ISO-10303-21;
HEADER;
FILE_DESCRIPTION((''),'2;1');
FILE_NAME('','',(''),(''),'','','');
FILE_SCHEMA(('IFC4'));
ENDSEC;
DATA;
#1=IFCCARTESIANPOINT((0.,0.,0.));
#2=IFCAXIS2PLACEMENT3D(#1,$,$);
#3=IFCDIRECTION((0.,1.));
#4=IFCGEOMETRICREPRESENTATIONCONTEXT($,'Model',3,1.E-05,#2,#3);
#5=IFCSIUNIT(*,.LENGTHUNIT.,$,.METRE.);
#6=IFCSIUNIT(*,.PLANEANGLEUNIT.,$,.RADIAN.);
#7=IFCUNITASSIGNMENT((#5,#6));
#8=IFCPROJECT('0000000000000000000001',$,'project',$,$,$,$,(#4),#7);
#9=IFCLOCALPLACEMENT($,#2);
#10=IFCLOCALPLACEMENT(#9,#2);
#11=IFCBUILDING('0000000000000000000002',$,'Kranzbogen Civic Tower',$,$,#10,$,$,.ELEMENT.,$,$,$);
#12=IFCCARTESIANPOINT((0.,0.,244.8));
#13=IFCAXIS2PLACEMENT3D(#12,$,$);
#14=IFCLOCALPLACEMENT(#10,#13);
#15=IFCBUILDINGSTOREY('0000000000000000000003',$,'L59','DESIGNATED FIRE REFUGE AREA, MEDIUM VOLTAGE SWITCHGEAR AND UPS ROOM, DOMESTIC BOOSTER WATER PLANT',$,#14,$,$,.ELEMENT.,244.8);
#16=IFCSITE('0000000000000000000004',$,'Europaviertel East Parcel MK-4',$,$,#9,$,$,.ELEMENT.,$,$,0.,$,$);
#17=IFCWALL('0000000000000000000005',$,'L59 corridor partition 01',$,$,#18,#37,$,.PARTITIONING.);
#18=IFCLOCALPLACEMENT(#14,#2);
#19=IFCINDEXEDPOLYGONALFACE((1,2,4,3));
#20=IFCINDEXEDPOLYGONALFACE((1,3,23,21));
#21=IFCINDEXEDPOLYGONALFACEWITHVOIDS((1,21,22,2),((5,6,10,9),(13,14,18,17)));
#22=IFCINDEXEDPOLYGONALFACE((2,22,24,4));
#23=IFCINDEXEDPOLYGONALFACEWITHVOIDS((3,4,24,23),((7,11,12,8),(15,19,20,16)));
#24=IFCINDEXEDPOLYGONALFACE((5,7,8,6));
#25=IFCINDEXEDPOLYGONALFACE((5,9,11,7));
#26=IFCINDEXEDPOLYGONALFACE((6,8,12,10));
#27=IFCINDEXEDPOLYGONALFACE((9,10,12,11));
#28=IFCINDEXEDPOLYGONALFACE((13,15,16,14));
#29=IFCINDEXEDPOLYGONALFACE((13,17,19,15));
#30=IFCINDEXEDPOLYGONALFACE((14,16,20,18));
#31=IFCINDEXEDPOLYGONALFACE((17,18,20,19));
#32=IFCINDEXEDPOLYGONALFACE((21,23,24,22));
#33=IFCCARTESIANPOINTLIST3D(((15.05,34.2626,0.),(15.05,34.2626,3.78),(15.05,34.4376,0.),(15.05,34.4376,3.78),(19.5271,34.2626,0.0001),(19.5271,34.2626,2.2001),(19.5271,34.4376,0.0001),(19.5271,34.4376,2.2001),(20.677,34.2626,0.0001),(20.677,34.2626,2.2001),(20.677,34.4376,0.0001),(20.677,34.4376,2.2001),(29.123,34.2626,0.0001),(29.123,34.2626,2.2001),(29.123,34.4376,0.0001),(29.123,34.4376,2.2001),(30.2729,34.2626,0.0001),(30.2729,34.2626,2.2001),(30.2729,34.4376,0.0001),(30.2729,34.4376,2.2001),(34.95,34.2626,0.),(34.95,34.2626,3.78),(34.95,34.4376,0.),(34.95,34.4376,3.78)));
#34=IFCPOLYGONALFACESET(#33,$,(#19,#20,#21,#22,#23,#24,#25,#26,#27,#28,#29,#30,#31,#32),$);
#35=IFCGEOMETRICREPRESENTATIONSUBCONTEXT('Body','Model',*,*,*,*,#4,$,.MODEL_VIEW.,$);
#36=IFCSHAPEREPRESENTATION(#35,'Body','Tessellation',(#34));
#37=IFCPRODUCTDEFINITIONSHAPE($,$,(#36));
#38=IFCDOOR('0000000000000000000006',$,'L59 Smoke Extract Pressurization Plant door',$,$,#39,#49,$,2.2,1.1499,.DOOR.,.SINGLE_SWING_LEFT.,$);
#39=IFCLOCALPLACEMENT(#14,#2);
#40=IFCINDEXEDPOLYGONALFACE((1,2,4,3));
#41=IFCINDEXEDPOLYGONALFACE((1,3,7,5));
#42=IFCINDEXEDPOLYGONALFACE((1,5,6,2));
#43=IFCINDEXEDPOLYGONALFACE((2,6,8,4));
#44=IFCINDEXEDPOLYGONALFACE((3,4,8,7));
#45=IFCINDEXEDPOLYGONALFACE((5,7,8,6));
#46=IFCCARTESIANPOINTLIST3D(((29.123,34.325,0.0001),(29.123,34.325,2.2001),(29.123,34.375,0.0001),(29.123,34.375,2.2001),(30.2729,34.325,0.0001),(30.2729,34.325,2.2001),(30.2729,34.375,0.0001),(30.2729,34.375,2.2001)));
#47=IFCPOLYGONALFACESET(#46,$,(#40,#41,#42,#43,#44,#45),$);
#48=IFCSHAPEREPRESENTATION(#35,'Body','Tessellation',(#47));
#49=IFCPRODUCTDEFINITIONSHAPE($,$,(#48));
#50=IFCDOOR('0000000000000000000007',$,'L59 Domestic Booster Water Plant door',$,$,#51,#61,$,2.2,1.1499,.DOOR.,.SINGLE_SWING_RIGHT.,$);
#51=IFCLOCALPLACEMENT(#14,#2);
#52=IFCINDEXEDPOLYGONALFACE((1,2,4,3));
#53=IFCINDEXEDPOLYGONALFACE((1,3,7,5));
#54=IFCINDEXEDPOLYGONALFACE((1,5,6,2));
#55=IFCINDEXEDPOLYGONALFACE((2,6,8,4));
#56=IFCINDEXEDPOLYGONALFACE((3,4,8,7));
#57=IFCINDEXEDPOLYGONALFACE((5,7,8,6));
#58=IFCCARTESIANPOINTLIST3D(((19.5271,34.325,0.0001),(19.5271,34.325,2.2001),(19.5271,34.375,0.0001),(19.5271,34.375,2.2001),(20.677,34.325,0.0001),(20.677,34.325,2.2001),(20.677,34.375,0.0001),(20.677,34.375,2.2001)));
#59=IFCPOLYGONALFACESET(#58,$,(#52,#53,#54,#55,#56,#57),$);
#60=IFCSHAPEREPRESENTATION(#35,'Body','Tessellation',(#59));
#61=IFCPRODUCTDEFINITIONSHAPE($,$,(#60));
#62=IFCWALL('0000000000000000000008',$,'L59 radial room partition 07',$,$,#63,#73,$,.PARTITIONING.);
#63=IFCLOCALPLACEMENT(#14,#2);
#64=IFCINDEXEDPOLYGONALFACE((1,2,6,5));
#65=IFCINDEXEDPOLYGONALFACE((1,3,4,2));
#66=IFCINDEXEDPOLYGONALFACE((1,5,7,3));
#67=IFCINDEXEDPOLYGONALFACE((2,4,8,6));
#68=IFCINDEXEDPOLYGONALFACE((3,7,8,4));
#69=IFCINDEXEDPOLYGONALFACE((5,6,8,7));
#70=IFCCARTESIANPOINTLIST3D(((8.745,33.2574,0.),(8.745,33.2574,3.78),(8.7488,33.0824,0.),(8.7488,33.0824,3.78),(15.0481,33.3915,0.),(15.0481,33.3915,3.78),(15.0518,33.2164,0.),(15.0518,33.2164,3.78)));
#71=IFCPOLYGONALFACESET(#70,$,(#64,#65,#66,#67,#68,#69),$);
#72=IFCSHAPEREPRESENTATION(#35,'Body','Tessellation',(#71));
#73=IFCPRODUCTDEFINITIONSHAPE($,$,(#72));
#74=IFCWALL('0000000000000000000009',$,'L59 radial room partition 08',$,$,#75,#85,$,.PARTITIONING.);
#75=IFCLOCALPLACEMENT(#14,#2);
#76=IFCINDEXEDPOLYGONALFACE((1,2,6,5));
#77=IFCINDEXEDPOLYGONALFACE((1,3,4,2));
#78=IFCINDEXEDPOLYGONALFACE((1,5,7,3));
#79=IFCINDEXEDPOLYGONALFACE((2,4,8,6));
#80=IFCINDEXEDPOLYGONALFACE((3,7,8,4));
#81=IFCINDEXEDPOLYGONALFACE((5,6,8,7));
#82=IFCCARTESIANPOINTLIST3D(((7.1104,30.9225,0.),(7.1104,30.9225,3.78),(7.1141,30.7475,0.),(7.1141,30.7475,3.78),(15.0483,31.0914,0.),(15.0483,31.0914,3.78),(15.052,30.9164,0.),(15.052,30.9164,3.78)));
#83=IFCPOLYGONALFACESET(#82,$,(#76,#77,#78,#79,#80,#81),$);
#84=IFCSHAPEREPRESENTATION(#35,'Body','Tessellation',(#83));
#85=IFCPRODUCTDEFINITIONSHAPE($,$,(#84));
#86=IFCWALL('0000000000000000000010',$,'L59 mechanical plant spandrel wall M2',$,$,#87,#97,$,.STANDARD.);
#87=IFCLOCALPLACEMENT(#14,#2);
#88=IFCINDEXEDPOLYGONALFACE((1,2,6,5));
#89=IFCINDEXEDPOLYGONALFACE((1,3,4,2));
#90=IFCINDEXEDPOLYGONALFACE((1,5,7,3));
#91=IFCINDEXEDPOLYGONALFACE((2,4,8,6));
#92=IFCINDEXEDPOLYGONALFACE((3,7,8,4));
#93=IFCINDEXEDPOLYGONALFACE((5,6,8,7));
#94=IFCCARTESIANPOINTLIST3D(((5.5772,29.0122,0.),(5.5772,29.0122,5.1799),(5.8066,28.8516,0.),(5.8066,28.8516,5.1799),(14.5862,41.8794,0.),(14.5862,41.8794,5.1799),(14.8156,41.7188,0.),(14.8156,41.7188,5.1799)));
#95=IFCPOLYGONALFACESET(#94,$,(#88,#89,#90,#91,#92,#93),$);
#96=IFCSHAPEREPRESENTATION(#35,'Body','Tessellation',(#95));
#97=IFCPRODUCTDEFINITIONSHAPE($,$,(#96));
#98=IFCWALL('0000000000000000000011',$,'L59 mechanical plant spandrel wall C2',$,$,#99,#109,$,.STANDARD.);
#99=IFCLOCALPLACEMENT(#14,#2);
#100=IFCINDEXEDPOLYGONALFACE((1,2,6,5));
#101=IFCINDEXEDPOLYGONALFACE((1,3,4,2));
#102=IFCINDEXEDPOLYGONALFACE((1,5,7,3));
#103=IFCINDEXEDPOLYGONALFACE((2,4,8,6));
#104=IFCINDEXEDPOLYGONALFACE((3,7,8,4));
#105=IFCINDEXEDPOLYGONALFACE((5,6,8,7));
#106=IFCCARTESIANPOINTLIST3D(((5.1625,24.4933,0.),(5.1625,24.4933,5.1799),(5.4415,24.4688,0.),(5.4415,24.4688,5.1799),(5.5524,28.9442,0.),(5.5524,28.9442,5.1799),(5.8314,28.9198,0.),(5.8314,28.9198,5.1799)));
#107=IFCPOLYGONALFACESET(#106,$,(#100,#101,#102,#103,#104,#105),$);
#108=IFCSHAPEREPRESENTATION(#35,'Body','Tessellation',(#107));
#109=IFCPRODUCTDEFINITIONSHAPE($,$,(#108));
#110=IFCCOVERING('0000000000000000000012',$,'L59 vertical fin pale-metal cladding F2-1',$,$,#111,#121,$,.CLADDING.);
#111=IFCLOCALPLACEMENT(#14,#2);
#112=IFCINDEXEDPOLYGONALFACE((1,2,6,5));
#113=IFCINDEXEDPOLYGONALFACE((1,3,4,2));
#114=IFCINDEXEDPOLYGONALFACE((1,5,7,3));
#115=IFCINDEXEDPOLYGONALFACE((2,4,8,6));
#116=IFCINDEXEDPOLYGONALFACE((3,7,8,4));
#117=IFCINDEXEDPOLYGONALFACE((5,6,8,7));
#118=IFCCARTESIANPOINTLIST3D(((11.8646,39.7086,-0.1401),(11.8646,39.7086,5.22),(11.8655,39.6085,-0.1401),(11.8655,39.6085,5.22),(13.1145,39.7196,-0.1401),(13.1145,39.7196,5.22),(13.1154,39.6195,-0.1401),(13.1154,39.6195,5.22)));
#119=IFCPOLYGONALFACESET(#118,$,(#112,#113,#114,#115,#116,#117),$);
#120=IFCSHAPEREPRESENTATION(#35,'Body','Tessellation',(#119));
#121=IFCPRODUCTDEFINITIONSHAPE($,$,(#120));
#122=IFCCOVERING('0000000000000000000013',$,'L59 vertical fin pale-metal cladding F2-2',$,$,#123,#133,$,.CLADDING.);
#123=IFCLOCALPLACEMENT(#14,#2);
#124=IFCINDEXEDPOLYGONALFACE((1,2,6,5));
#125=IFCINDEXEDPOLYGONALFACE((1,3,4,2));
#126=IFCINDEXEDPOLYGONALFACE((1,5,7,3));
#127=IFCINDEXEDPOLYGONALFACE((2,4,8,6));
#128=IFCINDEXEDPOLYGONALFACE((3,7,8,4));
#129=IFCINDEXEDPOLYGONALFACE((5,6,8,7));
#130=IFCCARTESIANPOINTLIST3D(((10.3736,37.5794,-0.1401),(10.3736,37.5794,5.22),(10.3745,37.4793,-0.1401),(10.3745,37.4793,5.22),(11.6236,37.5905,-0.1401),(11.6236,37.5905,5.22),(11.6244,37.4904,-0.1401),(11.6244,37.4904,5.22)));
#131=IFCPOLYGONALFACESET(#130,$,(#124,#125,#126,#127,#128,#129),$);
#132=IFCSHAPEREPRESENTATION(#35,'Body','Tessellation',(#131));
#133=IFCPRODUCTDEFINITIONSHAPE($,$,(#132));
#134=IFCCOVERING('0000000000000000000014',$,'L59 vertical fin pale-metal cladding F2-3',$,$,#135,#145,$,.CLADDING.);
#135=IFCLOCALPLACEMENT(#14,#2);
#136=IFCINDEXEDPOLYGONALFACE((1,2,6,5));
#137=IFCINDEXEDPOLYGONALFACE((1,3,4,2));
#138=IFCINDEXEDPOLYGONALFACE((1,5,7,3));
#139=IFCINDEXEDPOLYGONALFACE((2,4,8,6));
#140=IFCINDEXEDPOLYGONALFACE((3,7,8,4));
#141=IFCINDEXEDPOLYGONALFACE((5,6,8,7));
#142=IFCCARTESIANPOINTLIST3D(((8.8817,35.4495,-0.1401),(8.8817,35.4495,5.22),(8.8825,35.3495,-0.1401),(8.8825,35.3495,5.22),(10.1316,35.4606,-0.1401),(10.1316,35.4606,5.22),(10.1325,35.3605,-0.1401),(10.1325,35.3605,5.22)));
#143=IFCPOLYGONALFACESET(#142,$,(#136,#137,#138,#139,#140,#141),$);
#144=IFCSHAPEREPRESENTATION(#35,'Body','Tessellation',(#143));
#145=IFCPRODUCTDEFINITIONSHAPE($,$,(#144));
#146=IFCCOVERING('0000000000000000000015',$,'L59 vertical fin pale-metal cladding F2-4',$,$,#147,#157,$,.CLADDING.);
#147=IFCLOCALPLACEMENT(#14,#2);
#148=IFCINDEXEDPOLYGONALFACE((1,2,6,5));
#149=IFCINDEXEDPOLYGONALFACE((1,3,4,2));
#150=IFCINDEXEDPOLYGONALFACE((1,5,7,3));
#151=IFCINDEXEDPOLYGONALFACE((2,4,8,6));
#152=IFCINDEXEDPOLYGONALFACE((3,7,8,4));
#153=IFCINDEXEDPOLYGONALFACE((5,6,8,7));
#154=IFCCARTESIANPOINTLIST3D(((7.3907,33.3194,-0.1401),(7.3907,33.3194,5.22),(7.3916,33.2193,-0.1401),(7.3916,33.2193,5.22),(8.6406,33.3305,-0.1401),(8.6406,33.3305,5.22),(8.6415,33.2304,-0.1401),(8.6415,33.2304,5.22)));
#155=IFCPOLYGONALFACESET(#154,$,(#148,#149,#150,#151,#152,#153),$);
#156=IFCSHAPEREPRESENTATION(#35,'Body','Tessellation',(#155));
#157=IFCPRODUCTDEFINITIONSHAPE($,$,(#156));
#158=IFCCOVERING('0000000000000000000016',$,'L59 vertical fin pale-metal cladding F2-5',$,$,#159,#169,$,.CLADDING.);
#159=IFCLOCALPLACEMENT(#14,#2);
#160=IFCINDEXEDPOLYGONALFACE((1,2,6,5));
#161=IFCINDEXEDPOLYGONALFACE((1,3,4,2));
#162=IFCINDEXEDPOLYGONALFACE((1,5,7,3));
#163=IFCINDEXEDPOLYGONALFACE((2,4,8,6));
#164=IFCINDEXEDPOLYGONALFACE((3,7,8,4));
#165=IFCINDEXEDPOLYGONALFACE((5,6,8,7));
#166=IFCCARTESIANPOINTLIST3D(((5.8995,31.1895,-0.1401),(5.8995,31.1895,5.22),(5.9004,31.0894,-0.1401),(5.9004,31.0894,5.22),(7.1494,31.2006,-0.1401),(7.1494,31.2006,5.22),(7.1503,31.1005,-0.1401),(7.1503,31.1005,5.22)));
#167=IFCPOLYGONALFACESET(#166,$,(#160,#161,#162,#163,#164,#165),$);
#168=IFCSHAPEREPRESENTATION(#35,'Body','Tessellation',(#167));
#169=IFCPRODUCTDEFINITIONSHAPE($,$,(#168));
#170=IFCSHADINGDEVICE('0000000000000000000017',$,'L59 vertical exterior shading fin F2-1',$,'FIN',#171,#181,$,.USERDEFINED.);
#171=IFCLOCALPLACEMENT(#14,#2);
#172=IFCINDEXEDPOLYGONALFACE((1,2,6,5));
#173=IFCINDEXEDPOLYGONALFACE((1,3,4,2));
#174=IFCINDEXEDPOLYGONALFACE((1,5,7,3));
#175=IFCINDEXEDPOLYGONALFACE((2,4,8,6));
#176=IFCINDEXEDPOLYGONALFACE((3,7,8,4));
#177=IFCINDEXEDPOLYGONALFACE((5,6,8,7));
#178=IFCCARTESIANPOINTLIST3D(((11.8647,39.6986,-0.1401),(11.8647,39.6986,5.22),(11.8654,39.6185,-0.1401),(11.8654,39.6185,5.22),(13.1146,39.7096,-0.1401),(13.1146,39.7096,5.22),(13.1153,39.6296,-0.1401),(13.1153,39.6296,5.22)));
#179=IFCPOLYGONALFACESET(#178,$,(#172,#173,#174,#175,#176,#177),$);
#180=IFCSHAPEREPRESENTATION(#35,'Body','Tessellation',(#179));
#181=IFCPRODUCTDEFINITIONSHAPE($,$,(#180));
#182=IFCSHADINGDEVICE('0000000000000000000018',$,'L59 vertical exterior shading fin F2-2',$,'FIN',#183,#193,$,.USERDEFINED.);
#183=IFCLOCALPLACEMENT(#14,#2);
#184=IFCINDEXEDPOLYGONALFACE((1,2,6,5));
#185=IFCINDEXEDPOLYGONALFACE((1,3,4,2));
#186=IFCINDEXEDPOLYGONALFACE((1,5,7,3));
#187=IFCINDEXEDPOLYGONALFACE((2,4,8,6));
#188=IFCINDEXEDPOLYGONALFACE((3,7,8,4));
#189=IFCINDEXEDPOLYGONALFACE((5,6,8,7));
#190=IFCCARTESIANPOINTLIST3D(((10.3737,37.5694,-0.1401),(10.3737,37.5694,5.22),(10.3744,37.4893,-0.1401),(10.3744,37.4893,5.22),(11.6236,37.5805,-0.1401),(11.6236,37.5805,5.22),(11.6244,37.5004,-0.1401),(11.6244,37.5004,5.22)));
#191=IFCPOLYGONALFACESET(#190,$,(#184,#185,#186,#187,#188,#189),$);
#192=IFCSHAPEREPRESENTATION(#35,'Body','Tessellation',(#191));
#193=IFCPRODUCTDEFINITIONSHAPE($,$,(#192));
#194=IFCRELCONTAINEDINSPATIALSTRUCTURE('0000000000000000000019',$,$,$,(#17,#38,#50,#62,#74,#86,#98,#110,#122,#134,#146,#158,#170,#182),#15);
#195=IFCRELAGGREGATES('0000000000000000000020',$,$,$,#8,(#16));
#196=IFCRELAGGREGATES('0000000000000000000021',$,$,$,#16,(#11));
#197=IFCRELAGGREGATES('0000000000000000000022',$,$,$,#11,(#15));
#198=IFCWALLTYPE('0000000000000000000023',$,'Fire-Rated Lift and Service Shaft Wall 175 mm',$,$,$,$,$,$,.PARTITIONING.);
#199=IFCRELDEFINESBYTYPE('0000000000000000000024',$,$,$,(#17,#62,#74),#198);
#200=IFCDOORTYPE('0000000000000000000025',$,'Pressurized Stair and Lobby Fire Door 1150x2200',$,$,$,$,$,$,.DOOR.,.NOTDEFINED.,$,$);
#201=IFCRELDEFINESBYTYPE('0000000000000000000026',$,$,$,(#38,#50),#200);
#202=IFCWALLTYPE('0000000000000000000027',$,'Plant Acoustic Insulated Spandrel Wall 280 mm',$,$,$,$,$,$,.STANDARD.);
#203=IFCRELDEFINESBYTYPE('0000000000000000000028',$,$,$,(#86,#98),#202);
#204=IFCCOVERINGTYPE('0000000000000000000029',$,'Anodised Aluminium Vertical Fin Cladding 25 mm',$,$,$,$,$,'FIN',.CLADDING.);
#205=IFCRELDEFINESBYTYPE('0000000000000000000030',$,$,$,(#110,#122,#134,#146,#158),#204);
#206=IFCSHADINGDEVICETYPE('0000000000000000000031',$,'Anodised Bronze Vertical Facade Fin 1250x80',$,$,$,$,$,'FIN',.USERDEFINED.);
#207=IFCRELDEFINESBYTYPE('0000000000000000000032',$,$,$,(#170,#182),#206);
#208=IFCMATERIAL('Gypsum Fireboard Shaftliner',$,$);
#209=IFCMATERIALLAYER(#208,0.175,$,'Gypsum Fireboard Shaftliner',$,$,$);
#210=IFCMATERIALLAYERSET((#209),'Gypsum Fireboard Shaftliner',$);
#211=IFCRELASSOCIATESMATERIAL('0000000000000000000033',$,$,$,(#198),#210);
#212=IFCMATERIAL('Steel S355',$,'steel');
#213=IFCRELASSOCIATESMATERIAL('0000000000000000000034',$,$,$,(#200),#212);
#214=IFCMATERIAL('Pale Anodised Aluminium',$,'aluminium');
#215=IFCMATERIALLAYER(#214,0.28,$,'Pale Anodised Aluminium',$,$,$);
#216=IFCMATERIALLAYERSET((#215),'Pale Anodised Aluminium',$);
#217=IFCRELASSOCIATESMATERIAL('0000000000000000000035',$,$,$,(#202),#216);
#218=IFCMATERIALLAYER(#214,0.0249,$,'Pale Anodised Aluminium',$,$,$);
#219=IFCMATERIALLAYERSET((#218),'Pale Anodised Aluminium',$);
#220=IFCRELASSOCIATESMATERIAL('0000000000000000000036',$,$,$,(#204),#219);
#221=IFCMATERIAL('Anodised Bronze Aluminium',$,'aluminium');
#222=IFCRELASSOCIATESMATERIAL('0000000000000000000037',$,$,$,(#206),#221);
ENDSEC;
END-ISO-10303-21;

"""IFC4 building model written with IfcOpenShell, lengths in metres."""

from ifc_helpers import new_model, si_unit, direction, frame, frame_2d, origin, origin_2d, place, context, subcontext, project, spatial, rectangle, extrude, material, layer, layer_set, type_object, element, fill, save


model = new_model("IFC4")

# Units and contexts
model_context = context("Model", 3, precision=1e-05, world=origin(), true_north=direction((0.0, 1.0)))
body_context = subcontext(model_context, "Body", "Model", "MODEL_VIEW")
ifc_project = project(units=[si_unit("LENGTHUNIT", "METRE"), si_unit("PLANEANGLEUNIT", "RADIAN")], contexts=[model_context])

# Site, building, storey
site_placement = place(None, origin())
site = spatial("IfcSite", under=ifc_project, at=site_placement, Name="Europaviertel East Parcel MK-4", CompositionType="ELEMENT", RefElevation=0.0)
building_placement = place(site_placement, origin())
building = spatial("IfcBuilding", under=site, at=building_placement, Name="Kranzbogen Civic Tower", CompositionType="ELEMENT")
storey_placement = place(building_placement, frame((0.0, 0.0, 244.8)))
storey = spatial("IfcBuildingStorey", under=building, at=storey_placement, Name="L59", Description="DESIGNATED FIRE REFUGE AREA, MEDIUM VOLTAGE SWITCHGEAR AND UPS ROOM, DOMESTIC BOOSTER WATER PLANT", CompositionType="ELEMENT", Elevation=244.8)

# Shared definitions
ifc_material_1 = material(Name="Steel S355", Category="steel")

# Wall, openings, doors
ifc_material_2 = material(Name="Gypsum Fireboard Shaftliner")
ifc_layer_1 = layer(ifc_material_2, 0.175, Name="Gypsum Fireboard Shaftliner")
ifc_layer_set_1 = layer_set([ifc_layer_1], Name="Gypsum Fireboard Shaftliner")
wall_type_1 = type_object("IfcWallType", Name="Fire-Rated Lift and Service Shaft Wall 175 mm", PredefinedType="PARTITIONING", material=ifc_layer_set_1)
wall_1_placement = place(storey_placement, frame((15.05, 34.3501, 0.0), z_axis=(0.0, 0.0, 1.0), x_axis=(1.0, 0.0, 0.0)))
wall_1 = element("IfcWall", 1, at=wall_1_placement, inside=storey, type_object=wall_type_1, Name="L59 corridor partition 01", PredefinedType="PARTITIONING", context=body_context, shape_type="SweptSolid", body=[
    extrude(rectangle(XDim=19.8999, YDim=0.175, at=frame_2d((9.95, 0.0))), origin(), (0.0, 0.0, 1.0), 3.78),
])
opening_1_placement = place(wall_1_placement, frame((14.073, 0.0, 0.0)))
opening_1 = element("IfcOpeningElement", 2, at=opening_1_placement, cuts=wall_1, PredefinedType="OPENING", context=body_context, shape_type="SweptSolid", body=[
    extrude(rectangle(XDim=1.1499, YDim=2.2, at=frame_2d((0.575, 1.1001))), frame((0.0, 0.0977, 0.0), z_axis=(0.0, -1.0, 0.0), x_axis=(1.0, 0.0, 0.0)), (0.0, 0.0, 1.0), 0.1951),
])
opening_2_placement = place(wall_1_placement, frame((4.4771, 0.0, 0.0)))
opening_2 = element("IfcOpeningElement", 3, at=opening_2_placement, cuts=wall_1, PredefinedType="OPENING", context=body_context, shape_type="SweptSolid", body=[
    extrude(rectangle(XDim=1.1499, YDim=2.2, at=frame_2d((0.575, 1.1001))), frame((0.0, 0.0977, 0.0), z_axis=(0.0, -1.0, 0.0), x_axis=(1.0, 0.0, 0.0)), (0.0, 0.0, 1.0), 0.1951),
])
door_type = type_object("IfcDoorType", Name="Pressurized Stair and Lobby Fire Door 1150x2200", OperationType="NOTDEFINED", PredefinedType="DOOR", material=ifc_material_1)
door_1_placement = place(opening_1_placement, origin())
door_1 = element("IfcDoor", 4, at=door_1_placement, inside=storey, type_object=door_type, Name="L59 Smoke Extract Pressurization Plant door", OperationType="SINGLE_SWING_LEFT", OverallHeight=2.2, OverallWidth=1.1499, PredefinedType="DOOR", context=body_context, shape_type="SweptSolid", body=[
    extrude(rectangle(XDim=1.1499, YDim=2.2, at=frame_2d((0.575, 1.1001))), frame((0.0, 0.0249, 0.0), z_axis=(0.0, -1.0, 0.0), x_axis=(1.0, 0.0, 0.0)), (0.0, 0.0, 1.0), 0.05),
])
fill(opening_1, door_1)
door_2_placement = place(opening_2_placement, origin())
door_2 = element("IfcDoor", 5, at=door_2_placement, inside=storey, type_object=door_type, Name="L59 Domestic Booster Water Plant door", OperationType="SINGLE_SWING_RIGHT", OverallHeight=2.2, OverallWidth=1.1499, PredefinedType="DOOR", context=body_context, shape_type="SweptSolid", body=[
    extrude(rectangle(XDim=1.1499, YDim=2.2, at=frame_2d((0.575, 1.1001))), frame((0.0, 0.0249, 0.0), z_axis=(0.0, -1.0, 0.0), x_axis=(1.0, 0.0, 0.0)), (0.0, 0.0, 1.0), 0.05),
])
fill(opening_2, door_2)

# Walls
wall_2_placement = place(storey_placement, frame((15.05, 33.304, 0.0), z_axis=(0.0, 0.0, 1.0), x_axis=(-0.999774, -0.02126, 0.0)))
element("IfcWall", 6, at=wall_2_placement, inside=storey, type_object=wall_type_1, Name="L59 radial room partition 07", PredefinedType="PARTITIONING", context=body_context, shape_type="SweptSolid", body=[
    extrude(rectangle(XDim=6.3044, YDim=0.175, at=frame_2d((3.1523, 0.0))), origin(), (0.0, 0.0, 1.0), 3.78),
])
wall_3_placement = place(storey_placement, frame((15.05, 31.0039, 0.0), z_axis=(0.0, 0.0, 1.0), x_axis=(-0.999774, -0.021278, 0.0)))
element("IfcWall", 7, at=wall_3_placement, inside=storey, type_object=wall_type_1, Name="L59 radial room partition 08", PredefinedType="PARTITIONING", context=body_context, shape_type="SweptSolid", body=[
    extrude(rectangle(XDim=7.9397, YDim=0.175, at=frame_2d((3.9697, 0.0))), origin(), (0.0, 0.0, 1.0), 3.78),
])
ifc_material_3 = material(Name="Pale Anodised Aluminium", Category="aluminium")
ifc_layer_2 = layer(ifc_material_3, 0.28, Name="Pale Anodised Aluminium")
ifc_layer_set_2 = layer_set([ifc_layer_2], Name="Pale Anodised Aluminium")
wall_type_2 = type_object("IfcWallType", Name="Plant Acoustic Insulated Spandrel Wall 280 mm", PredefinedType="STANDARD", material=ifc_layer_set_2)
wall_4_placement = place(storey_placement, frame((14.7009, 41.7991, 0.0), z_axis=(0.0, 0.0, 1.0), x_axis=(-0.573548, -0.819172, 0.0)))
element("IfcWall", 8, at=wall_4_placement, inside=storey, type_object=wall_type_2, Name="L59 mechanical plant spandrel wall M2", PredefinedType="STANDARD", context=body_context, shape_type="SweptSolid", body=[
    extrude(rectangle(XDim=15.7075, YDim=0.28, at=frame_2d((7.8538, 0.0))), origin(), (0.0, 0.0, 1.0), 5.1799),
])
wall_5_placement = place(storey_placement, frame((5.6919, 28.9319, 0.0), z_axis=(0.0, 0.0, 1.0), x_axis=(-0.087264, -0.996185, 0.0)))
element("IfcWall", 9, at=wall_5_placement, inside=storey, type_object=wall_type_2, Name="L59 mechanical plant spandrel wall C2", PredefinedType="STANDARD", context=body_context, shape_type="SweptSolid", body=[
    extrude(rectangle(XDim=4.468, YDim=0.28, at=frame_2d((2.2339, 0.0))), origin(), (0.0, 0.0, 1.0), 5.1799),
])

# Coverings
ifc_layer_3 = layer(ifc_material_3, 0.0249, Name="Pale Anodised Aluminium")
ifc_layer_set_3 = layer_set([ifc_layer_3], Name="Pale Anodised Aluminium")
covering_type = type_object("IfcCoveringType", Name="Anodised Aluminium Vertical Fin Cladding 25 mm", ElementType="FIN", PredefinedType="CLADDING", material=ifc_layer_set_3)
for number, where, z_axis, x_axis, name in (
    (10, (12.49, 39.6641, -0.1401), (0.0, 0.0, 1.0), (-0.999961, -0.008849, 0.0), "L59 vertical fin pale-metal cladding F2-1"),
    (11, (10.999, 37.5349, -0.1401), (0.0, 0.0, 1.0), (-0.999961, -0.008849, 0.0), "L59 vertical fin pale-metal cladding F2-2"),
    (12, (9.5071, 35.405, -0.1401), (0.0, 0.0, 1.0), (-0.999961, -0.008849, 0.0), "L59 vertical fin pale-metal cladding F2-3"),
    (13, (8.0161, 33.2749, -0.1401), (0.0, 0.0, 1.0), (-0.999961, -0.008849, 0.0), "L59 vertical fin pale-metal cladding F2-4"),
    (14, (6.5249, 31.145, -0.1401), (0.0, 0.0, 1.0), (-0.999961, -0.008849, 0.0), "L59 vertical fin pale-metal cladding F2-5"),
):
    element("IfcCovering", number, at=place(storey_placement, frame(where, z_axis=z_axis, x_axis=x_axis)), inside=storey, type_object=covering_type, Name=name, PredefinedType="CLADDING", context=body_context, shape_type="SweptSolid", body=[
        extrude(rectangle(XDim=1.25, YDim=0.1001, at=origin_2d()), origin(), (0.0, 0.0, 1.0), 5.3601),
    ])

# Shading devices
ifc_material_4 = material(Name="Anodised Bronze Aluminium", Category="aluminium")
shading_device_type_1 = type_object("IfcShadingDeviceType", Name="Anodised Bronze Vertical Facade Fin 1250x80", ElementType="FIN", PredefinedType="USERDEFINED", material=ifc_material_4)
for number, where, z_axis, x_axis, name in (
    (15, (12.49, 39.6641, -0.1401), (0.0, 0.0, 1.0), (-0.999961, -0.008849, 0.0), "L59 vertical exterior shading fin F2-1"),
    (16, (10.999, 37.5349, -0.1401), (0.0, 0.0, 1.0), (-0.999961, -0.008849, 0.0), "L59 vertical exterior shading fin F2-2"),
):
    element("IfcShadingDevice", number, at=place(storey_placement, frame(where, z_axis=z_axis, x_axis=x_axis)), inside=storey, type_object=shading_device_type_1, Name=name, ObjectType="FIN", PredefinedType="USERDEFINED", context=body_context, shape_type="SweptSolid", body=[
        extrude(rectangle(XDim=1.25, YDim=0.0801, at=origin_2d()), origin(), (0.0, 0.0, 1.0), 5.3601),
    ])

save(model, "model.ifc")
